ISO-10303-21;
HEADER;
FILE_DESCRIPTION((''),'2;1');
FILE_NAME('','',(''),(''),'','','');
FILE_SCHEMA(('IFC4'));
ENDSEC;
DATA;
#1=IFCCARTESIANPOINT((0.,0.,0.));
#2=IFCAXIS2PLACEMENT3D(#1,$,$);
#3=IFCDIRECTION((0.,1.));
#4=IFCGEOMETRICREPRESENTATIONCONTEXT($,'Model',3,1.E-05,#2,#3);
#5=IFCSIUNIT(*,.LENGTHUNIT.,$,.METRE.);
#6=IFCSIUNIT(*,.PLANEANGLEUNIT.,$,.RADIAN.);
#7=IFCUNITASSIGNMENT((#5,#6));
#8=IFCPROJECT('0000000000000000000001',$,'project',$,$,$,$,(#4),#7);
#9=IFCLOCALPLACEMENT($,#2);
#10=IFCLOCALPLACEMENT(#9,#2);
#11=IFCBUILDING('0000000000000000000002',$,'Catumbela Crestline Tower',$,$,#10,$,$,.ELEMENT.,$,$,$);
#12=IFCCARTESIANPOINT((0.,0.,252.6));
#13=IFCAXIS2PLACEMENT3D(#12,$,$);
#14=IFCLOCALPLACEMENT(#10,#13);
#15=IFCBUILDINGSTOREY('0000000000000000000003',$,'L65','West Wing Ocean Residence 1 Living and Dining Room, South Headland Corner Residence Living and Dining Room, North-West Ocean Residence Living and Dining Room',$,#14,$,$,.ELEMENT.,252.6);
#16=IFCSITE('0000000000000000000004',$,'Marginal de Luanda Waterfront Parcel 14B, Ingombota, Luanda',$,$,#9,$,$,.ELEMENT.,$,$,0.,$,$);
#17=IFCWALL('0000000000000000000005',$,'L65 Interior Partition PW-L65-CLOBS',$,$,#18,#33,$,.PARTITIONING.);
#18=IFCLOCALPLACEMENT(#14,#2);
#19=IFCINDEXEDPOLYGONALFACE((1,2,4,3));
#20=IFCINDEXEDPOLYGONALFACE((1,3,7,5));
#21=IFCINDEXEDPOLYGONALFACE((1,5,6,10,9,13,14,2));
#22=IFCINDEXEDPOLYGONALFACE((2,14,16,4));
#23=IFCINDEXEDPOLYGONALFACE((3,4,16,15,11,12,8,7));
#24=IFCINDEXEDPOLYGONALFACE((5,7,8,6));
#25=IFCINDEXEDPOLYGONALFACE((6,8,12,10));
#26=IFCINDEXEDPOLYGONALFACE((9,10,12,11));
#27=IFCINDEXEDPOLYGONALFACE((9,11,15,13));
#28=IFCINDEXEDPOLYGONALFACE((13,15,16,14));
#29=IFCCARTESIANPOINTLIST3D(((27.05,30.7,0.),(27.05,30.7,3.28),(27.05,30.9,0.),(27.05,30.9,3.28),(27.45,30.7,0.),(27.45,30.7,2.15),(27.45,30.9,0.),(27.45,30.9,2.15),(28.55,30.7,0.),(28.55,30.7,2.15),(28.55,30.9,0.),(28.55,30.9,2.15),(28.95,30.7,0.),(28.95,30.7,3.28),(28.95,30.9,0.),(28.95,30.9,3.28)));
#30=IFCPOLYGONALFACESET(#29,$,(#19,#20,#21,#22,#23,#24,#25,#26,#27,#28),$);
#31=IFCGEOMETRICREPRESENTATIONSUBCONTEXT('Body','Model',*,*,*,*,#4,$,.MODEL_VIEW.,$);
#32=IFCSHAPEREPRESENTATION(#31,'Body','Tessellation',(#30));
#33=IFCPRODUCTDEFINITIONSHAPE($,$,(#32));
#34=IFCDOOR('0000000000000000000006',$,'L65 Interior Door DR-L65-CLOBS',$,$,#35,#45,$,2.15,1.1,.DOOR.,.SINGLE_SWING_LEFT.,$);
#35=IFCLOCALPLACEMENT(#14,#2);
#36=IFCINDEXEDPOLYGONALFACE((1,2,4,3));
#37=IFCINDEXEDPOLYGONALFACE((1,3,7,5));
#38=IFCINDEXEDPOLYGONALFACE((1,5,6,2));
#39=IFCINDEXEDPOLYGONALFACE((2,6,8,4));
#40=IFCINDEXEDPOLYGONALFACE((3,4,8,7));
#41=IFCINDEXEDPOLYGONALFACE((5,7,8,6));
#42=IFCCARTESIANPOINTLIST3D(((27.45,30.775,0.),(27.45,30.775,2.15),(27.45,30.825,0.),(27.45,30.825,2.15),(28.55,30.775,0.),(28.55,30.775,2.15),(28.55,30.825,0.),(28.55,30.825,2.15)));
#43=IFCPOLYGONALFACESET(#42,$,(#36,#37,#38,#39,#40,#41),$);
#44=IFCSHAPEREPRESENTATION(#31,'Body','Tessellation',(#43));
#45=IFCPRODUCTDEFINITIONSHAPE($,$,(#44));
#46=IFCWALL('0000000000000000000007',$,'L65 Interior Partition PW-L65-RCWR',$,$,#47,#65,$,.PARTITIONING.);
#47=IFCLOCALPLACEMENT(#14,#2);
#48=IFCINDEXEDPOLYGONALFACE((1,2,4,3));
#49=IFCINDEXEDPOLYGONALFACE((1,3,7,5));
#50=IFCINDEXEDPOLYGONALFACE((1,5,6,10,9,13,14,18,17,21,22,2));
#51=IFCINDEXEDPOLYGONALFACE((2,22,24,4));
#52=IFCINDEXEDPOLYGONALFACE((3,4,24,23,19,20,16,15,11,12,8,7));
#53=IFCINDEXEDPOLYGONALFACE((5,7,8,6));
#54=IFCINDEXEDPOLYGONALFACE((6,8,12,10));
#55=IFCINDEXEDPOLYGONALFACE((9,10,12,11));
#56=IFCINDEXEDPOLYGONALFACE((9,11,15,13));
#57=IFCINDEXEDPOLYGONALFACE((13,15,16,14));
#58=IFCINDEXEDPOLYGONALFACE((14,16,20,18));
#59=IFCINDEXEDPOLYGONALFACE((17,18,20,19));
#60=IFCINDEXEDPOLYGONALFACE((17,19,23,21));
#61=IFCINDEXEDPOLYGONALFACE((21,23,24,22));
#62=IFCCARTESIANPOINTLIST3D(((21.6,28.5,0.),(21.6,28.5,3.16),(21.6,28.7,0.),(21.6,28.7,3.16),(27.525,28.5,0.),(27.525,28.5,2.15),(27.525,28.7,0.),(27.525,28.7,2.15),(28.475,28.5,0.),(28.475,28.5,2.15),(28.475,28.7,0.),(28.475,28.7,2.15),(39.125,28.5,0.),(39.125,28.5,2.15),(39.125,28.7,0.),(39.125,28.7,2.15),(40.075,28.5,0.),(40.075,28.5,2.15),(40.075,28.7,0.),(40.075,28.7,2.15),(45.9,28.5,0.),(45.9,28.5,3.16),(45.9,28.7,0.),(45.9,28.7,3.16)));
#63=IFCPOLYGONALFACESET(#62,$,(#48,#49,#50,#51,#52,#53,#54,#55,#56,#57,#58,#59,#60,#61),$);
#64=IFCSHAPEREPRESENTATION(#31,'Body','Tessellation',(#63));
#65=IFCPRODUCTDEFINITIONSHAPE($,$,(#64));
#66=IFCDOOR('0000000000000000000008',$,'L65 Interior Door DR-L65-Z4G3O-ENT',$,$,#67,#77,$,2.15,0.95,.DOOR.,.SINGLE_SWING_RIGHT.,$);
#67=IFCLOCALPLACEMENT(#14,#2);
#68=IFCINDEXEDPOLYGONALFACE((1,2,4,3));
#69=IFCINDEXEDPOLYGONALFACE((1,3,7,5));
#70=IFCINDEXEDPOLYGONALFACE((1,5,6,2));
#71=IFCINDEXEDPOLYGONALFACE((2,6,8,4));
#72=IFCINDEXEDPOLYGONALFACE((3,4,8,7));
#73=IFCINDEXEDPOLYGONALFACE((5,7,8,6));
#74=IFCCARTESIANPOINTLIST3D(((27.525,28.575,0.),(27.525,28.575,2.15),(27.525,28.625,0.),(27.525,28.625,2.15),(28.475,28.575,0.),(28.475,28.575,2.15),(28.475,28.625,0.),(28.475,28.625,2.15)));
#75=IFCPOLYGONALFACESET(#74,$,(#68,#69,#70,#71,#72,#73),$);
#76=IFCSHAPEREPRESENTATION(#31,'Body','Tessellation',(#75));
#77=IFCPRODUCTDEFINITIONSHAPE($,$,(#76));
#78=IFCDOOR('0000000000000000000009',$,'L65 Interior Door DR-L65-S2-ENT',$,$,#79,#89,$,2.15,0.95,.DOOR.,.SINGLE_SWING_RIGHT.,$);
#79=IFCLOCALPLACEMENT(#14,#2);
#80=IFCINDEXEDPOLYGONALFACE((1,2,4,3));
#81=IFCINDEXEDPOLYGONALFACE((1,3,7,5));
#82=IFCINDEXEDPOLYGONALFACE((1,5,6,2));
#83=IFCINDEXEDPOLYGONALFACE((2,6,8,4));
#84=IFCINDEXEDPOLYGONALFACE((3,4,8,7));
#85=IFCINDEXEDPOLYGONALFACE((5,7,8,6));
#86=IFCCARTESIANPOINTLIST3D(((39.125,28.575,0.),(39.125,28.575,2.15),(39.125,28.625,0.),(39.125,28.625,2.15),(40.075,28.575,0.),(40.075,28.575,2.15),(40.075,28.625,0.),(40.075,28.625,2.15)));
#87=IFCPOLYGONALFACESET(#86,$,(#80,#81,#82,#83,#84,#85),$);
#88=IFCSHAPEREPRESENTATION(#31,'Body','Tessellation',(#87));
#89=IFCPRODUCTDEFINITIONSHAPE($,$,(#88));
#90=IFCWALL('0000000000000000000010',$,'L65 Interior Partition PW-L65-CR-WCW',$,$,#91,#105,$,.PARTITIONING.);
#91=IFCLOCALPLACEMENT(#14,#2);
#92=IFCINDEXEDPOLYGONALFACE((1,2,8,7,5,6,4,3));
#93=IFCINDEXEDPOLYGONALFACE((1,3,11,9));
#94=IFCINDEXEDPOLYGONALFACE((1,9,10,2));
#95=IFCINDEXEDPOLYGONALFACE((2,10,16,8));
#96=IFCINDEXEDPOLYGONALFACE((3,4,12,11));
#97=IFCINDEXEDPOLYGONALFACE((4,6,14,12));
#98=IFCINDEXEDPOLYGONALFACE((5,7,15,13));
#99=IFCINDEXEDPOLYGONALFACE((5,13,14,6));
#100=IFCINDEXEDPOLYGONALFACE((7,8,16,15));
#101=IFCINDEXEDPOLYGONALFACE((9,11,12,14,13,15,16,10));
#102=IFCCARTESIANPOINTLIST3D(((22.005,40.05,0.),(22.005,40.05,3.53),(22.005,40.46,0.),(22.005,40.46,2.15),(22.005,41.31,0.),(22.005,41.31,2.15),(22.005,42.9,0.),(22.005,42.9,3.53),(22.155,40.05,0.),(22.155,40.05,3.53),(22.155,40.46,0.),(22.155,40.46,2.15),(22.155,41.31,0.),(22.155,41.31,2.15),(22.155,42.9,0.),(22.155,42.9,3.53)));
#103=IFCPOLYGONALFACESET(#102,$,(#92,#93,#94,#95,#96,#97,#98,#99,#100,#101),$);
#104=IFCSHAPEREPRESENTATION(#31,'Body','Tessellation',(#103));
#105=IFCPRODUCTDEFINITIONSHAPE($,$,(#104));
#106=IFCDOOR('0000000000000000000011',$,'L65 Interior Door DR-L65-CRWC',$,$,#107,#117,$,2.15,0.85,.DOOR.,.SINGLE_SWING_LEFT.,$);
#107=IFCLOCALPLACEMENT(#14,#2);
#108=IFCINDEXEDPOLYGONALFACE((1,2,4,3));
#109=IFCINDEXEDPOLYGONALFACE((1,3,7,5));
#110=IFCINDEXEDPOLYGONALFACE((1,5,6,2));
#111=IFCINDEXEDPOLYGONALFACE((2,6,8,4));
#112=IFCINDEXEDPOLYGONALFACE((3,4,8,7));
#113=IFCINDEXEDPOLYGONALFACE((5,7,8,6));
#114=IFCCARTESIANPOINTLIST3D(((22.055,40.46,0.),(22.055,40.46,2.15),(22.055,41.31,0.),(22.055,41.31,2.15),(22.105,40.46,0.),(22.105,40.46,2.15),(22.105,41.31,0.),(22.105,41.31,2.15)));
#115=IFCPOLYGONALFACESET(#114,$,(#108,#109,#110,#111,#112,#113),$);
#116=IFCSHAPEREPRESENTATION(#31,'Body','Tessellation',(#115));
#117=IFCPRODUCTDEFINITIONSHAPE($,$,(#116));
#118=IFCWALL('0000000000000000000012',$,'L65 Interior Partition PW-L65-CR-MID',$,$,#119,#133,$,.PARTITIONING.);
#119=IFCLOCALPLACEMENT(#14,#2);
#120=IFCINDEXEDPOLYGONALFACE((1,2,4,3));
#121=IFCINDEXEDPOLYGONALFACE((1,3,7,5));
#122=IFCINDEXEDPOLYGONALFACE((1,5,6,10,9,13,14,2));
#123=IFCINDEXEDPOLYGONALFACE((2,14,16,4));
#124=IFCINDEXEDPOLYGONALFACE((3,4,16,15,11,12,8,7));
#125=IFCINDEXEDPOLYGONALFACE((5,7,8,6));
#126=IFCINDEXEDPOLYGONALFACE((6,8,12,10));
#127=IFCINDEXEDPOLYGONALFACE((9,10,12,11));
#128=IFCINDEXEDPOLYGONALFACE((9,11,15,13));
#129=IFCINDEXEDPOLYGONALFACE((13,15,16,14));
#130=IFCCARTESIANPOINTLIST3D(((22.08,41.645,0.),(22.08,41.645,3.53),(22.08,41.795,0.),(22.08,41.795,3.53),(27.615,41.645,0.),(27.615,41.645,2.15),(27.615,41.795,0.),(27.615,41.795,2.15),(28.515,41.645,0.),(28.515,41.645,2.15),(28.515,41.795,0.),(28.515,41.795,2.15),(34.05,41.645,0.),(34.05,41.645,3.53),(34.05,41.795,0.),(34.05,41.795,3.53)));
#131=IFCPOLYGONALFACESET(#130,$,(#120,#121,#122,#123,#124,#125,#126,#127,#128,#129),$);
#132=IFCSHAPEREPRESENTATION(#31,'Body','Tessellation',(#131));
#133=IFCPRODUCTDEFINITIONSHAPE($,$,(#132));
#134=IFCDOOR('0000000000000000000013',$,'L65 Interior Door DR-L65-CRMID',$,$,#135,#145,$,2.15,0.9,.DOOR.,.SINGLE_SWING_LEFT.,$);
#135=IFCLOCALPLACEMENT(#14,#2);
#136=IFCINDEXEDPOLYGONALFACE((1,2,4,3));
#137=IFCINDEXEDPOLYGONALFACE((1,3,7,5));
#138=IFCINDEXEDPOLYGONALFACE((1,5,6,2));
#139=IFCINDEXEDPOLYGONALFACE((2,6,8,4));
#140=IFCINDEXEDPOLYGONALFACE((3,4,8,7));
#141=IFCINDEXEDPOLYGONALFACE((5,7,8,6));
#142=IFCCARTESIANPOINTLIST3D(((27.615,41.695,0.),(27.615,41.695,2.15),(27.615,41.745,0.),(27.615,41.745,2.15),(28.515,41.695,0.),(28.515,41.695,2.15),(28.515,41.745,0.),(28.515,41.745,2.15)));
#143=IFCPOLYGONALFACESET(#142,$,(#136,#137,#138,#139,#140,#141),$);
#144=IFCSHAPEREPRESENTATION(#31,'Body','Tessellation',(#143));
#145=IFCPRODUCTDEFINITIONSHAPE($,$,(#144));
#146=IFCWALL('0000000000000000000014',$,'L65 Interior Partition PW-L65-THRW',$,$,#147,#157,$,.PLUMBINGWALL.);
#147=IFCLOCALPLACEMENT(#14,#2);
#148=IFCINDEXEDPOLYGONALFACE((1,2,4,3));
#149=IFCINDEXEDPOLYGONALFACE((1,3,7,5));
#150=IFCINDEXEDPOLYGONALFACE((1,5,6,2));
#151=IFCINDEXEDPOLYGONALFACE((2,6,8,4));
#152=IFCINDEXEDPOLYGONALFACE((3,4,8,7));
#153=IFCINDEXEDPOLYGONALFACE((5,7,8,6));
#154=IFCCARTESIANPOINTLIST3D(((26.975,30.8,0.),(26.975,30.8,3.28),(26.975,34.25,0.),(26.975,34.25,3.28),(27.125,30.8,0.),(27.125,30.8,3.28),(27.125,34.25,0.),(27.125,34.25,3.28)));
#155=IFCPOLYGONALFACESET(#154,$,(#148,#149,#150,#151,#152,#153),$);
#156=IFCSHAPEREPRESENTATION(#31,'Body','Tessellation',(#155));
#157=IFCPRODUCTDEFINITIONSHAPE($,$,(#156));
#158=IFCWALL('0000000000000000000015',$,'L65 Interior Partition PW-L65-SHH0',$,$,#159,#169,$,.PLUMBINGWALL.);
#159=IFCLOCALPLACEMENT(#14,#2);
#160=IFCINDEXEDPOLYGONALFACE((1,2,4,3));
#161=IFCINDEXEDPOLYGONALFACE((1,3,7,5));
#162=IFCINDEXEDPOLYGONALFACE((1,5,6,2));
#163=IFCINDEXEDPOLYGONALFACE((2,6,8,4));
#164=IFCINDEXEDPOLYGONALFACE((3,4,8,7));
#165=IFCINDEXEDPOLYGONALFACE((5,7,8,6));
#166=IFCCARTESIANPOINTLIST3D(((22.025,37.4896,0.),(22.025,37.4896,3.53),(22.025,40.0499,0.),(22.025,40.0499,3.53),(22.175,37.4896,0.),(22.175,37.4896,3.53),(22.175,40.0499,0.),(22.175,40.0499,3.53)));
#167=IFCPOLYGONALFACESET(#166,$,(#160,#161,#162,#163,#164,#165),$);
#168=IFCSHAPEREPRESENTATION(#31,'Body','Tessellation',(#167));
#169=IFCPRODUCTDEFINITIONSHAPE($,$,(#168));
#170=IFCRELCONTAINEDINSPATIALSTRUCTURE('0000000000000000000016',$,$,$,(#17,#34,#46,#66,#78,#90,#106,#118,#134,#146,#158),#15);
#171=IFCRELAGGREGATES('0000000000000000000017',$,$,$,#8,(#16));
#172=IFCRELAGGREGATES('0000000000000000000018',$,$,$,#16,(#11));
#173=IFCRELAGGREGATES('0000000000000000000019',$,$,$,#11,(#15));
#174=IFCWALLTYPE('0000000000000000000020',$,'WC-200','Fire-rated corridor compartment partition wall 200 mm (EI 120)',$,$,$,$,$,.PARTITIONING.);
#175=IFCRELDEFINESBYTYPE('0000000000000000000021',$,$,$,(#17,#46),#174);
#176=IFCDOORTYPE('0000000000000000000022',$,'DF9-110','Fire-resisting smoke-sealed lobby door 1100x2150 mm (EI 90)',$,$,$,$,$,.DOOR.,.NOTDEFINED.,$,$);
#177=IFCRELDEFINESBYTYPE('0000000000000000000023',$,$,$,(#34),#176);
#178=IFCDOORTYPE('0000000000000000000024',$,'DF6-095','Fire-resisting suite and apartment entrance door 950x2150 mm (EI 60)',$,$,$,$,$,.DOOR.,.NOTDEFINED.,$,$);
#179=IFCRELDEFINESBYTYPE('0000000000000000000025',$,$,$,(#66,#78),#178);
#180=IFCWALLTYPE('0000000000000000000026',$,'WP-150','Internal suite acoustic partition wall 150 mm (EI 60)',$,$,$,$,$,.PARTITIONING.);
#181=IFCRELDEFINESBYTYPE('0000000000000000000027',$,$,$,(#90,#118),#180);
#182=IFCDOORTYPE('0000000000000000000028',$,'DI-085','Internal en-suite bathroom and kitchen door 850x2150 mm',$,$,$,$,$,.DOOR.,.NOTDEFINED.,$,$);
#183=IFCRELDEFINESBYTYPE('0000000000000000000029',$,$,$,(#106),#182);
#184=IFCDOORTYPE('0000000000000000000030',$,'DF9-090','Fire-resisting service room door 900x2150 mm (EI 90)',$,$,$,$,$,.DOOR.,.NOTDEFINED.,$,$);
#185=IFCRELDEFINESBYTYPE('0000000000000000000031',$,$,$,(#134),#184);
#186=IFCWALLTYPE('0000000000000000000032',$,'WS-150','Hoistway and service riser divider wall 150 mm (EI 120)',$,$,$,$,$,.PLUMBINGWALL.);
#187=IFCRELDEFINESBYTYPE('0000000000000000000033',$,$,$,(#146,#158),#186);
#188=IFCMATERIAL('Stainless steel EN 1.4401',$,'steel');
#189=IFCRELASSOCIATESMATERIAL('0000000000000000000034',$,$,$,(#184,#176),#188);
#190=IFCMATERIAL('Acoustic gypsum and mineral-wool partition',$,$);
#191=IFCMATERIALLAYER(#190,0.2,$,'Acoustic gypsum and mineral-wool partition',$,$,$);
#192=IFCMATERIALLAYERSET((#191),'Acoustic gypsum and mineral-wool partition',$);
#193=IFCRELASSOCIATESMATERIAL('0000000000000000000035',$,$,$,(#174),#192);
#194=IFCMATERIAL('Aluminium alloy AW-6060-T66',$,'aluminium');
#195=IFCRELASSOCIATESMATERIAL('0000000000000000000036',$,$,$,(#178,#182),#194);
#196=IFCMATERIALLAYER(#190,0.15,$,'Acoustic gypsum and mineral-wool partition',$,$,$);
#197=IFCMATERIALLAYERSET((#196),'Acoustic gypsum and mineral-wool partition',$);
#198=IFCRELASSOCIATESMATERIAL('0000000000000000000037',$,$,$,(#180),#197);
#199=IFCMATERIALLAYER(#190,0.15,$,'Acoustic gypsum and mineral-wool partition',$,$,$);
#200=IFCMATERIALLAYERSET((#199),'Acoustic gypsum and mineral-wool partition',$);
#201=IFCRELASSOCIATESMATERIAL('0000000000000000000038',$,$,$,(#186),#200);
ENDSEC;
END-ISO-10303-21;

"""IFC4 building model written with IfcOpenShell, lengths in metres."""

from ifc_helpers import new_model, si_unit, direction, frame, frame_2d, origin, place, context, subcontext, project, spatial, rectangle, extrude, material, layer, layer_set, type_object, element, fill, save


model = new_model("IFC4")

# Units and contexts
model_context = context("Model", 3, precision=1e-05, world=origin(), true_north=direction((0.0, 1.0)))
body_context = subcontext(model_context, "Body", "Model", "MODEL_VIEW")
ifc_project = project(units=[si_unit("LENGTHUNIT", "METRE"), si_unit("PLANEANGLEUNIT", "RADIAN")], contexts=[model_context])

# Site, building, storey
site_placement = place(None, origin())
site = spatial("IfcSite", under=ifc_project, at=site_placement, Name="Marginal de Luanda Waterfront Parcel 14B, Ingombota, Luanda", CompositionType="ELEMENT", RefElevation=0.0)
building_placement = place(site_placement, origin())
building = spatial("IfcBuilding", under=site, at=building_placement, Name="Catumbela Crestline Tower", CompositionType="ELEMENT")
storey_placement = place(building_placement, frame((0.0, 0.0, 252.6)))
storey = spatial("IfcBuildingStorey", under=building, at=storey_placement, Name="L65", Description="West Wing Ocean Residence 1 Living and Dining Room, South Headland Corner Residence Living and Dining Room, North-West Ocean Residence Living and Dining Room", CompositionType="ELEMENT", Elevation=252.6)

# Shared definitions
ifc_material_1 = material(Name="Stainless steel EN 1.4401", Category="steel")

# Shared definitions
door_type_1 = type_object("IfcDoorType", Name="DF9-090", Description="Fire-resisting service room door 900x2150 mm (EI 90)", OperationType="NOTDEFINED", PredefinedType="DOOR", material=ifc_material_1)

# Wall, opening, door
ifc_material_2 = material(Name="Acoustic gypsum and mineral-wool partition")
ifc_layer_1 = layer(ifc_material_2, 0.2, Name="Acoustic gypsum and mineral-wool partition")
ifc_layer_set_1 = layer_set([ifc_layer_1], Name="Acoustic gypsum and mineral-wool partition")
wall_type_1 = type_object("IfcWallType", Name="WC-200", Description="Fire-rated corridor compartment partition wall 200 mm (EI 120)", PredefinedType="PARTITIONING", material=ifc_layer_set_1)
wall_1_placement = place(storey_placement, frame((27.05, 30.8, 0.0), z_axis=(0.0, 0.0, 1.0), x_axis=(1.0, 0.0, 0.0)))
wall_1 = element("IfcWall", 1, at=wall_1_placement, inside=storey, type_object=wall_type_1, Name="L65 Interior Partition PW-L65-CLOBS", PredefinedType="PARTITIONING", context=body_context, shape_type="SweptSolid", body=[
    extrude(rectangle(XDim=1.9, YDim=0.2, at=frame_2d((0.95, 0.0))), origin(), (0.0, 0.0, 1.0), 3.28),
])
opening_1_placement = place(wall_1_placement, frame((0.4, 0.0, 0.0)))
opening_1 = element("IfcOpeningElement", 2, at=opening_1_placement, cuts=wall_1, PredefinedType="OPENING", context=body_context, shape_type="SweptSolid", body=[
    extrude(rectangle(XDim=1.1, YDim=2.15, at=frame_2d((0.55, 1.075))), frame((0.0, 0.11, 0.0), z_axis=(0.0, -1.0, 0.0), x_axis=(1.0, 0.0, 0.0)), (0.0, 0.0, 1.0), 0.22),
])
door_type_2 = type_object("IfcDoorType", Name="DF9-110", Description="Fire-resisting smoke-sealed lobby door 1100x2150 mm (EI 90)", OperationType="NOTDEFINED", PredefinedType="DOOR", material=ifc_material_1)
door_1_placement = place(opening_1_placement, origin())
door_1 = element("IfcDoor", 3, at=door_1_placement, inside=storey, type_object=door_type_2, Name="L65 Interior Door DR-L65-CLOBS", OperationType="SINGLE_SWING_LEFT", OverallHeight=2.15, OverallWidth=1.1, PredefinedType="DOOR", context=body_context, shape_type="SweptSolid", body=[
    extrude(rectangle(XDim=1.1, YDim=2.15, at=frame_2d((0.55, 1.075))), frame((0.0, 0.025, 0.0), z_axis=(0.0, -1.0, 0.0), x_axis=(1.0, 0.0, 0.0)), (0.0, 0.0, 1.0), 0.05),
])
fill(opening_1, door_1)

# Wall, openings, doors
wall_2_placement = place(storey_placement, frame((21.6, 28.6, 0.0), z_axis=(0.0, 0.0, 1.0), x_axis=(1.0, 0.0, 0.0)))
wall_2 = element("IfcWall", 4, at=wall_2_placement, inside=storey, type_object=wall_type_1, Name="L65 Interior Partition PW-L65-RCWR", PredefinedType="PARTITIONING", context=body_context, shape_type="SweptSolid", body=[
    extrude(rectangle(XDim=24.3, YDim=0.2, at=frame_2d((12.15, 0.0))), origin(), (0.0, 0.0, 1.0), 3.16),
])
opening_2_placement = place(wall_2_placement, frame((5.925, 0.0, 0.0)))
opening_2 = element("IfcOpeningElement", 5, at=opening_2_placement, cuts=wall_2, PredefinedType="OPENING", context=body_context, shape_type="SweptSolid", body=[
    extrude(rectangle(XDim=0.95, YDim=2.15, at=frame_2d((0.475, 1.075))), frame((0.0, 0.11, 0.0), z_axis=(0.0, -1.0, 0.0), x_axis=(1.0, 0.0, 0.0)), (0.0, 0.0, 1.0), 0.22),
])
opening_3_placement = place(wall_2_placement, frame((17.525, 0.0, 0.0)))
opening_3 = element("IfcOpeningElement", 6, at=opening_3_placement, cuts=wall_2, PredefinedType="OPENING", context=body_context, shape_type="SweptSolid", body=[
    extrude(rectangle(XDim=0.95, YDim=2.15, at=frame_2d((0.475, 1.075))), frame((0.0, 0.11, 0.0), z_axis=(0.0, -1.0, 0.0), x_axis=(1.0, 0.0, 0.0)), (0.0, 0.0, 1.0), 0.22),
])
ifc_material_3 = material(Name="Aluminium alloy AW-6060-T66", Category="aluminium")
door_type_3 = type_object("IfcDoorType", Name="DF6-095", Description="Fire-resisting suite and apartment entrance door 950x2150 mm (EI 60)", OperationType="NOTDEFINED", PredefinedType="DOOR", material=ifc_material_3)
door_2_placement = place(opening_2_placement, origin())
door_2 = element("IfcDoor", 7, at=door_2_placement, inside=storey, type_object=door_type_3, Name="L65 Interior Door DR-L65-Z4G3O-ENT", OperationType="SINGLE_SWING_RIGHT", OverallHeight=2.15, OverallWidth=0.95, PredefinedType="DOOR", context=body_context, shape_type="SweptSolid", body=[
    extrude(rectangle(XDim=0.95, YDim=2.15, at=frame_2d((0.475, 1.075))), frame((0.0, 0.025, 0.0), z_axis=(0.0, -1.0, 0.0), x_axis=(1.0, 0.0, 0.0)), (0.0, 0.0, 1.0), 0.05),
])
fill(opening_2, door_2)
door_3_placement = place(opening_3_placement, origin())
door_3 = element("IfcDoor", 8, at=door_3_placement, inside=storey, type_object=door_type_3, Name="L65 Interior Door DR-L65-S2-ENT", OperationType="SINGLE_SWING_RIGHT", OverallHeight=2.15, OverallWidth=0.95, PredefinedType="DOOR", context=body_context, shape_type="SweptSolid", body=[
    extrude(rectangle(XDim=0.95, YDim=2.15, at=frame_2d((0.475, 1.075))), frame((0.0, 0.025, 0.0), z_axis=(0.0, -1.0, 0.0), x_axis=(1.0, 0.0, 0.0)), (0.0, 0.0, 1.0), 0.05),
])
fill(opening_3, door_3)

# Walls, openings, doors
ifc_layer_2 = layer(ifc_material_2, 0.15, Name="Acoustic gypsum and mineral-wool partition")
ifc_layer_set_2 = layer_set([ifc_layer_2], Name="Acoustic gypsum and mineral-wool partition")
wall_type_2 = type_object("IfcWallType", Name="WP-150", Description="Internal suite acoustic partition wall 150 mm (EI 60)", PredefinedType="PARTITIONING", material=ifc_layer_set_2)
wall_3_placement = place(storey_placement, frame((22.08, 40.05, 0.0), z_axis=(0.0, 0.0, 1.0), x_axis=(0.0, 1.0, 0.0)))
wall_3 = element("IfcWall", 9, at=wall_3_placement, inside=storey, type_object=wall_type_2, Name="L65 Interior Partition PW-L65-CR-WCW", PredefinedType="PARTITIONING", context=body_context, shape_type="SweptSolid", body=[
    extrude(rectangle(XDim=2.85, YDim=0.15, at=frame_2d((1.425, 0.0))), origin(), (0.0, 0.0, 1.0), 3.53),
])
opening_4_placement = place(wall_3_placement, frame((0.41, 0.0, 0.0)))
opening_4 = element("IfcOpeningElement", 10, at=opening_4_placement, cuts=wall_3, PredefinedType="OPENING", context=body_context, shape_type="SweptSolid", body=[
    extrude(rectangle(XDim=0.85, YDim=2.15, at=frame_2d((0.425, 1.075))), frame((0.0, 0.085, 0.0), z_axis=(0.0, -1.0, 0.0), x_axis=(1.0, 0.0, 0.0)), (0.0, 0.0, 1.0), 0.17),
])
door_type_4 = type_object("IfcDoorType", Name="DI-085", Description="Internal en-suite bathroom and kitchen door 850x2150 mm", OperationType="NOTDEFINED", PredefinedType="DOOR", material=ifc_material_3)
door_4_placement = place(opening_4_placement, origin())
door_4 = element("IfcDoor", 11, at=door_4_placement, inside=storey, type_object=door_type_4, Name="L65 Interior Door DR-L65-CRWC", OperationType="SINGLE_SWING_LEFT", OverallHeight=2.15, OverallWidth=0.85, PredefinedType="DOOR", context=body_context, shape_type="SweptSolid", body=[
    extrude(rectangle(XDim=0.85, YDim=2.15, at=frame_2d((0.425, 1.075))), frame((0.0, 0.025, 0.0), z_axis=(0.0, -1.0, 0.0), x_axis=(1.0, 0.0, 0.0)), (0.0, 0.0, 1.0), 0.05),
])
fill(opening_4, door_4)
wall_4_placement = place(storey_placement, frame((22.08, 41.72, 0.0), z_axis=(0.0, 0.0, 1.0), x_axis=(1.0, 0.0, 0.0)))
wall_4 = element("IfcWall", 12, at=wall_4_placement, inside=storey, type_object=wall_type_2, Name="L65 Interior Partition PW-L65-CR-MID", PredefinedType="PARTITIONING", context=body_context, shape_type="SweptSolid", body=[
    extrude(rectangle(XDim=11.97, YDim=0.15, at=frame_2d((5.985, 0.0))), origin(), (0.0, 0.0, 1.0), 3.53),
])
opening_5_placement = place(wall_4_placement, frame((5.535, 0.0, 0.0)))
opening_5 = element("IfcOpeningElement", 13, at=opening_5_placement, cuts=wall_4, PredefinedType="OPENING", context=body_context, shape_type="SweptSolid", body=[
    extrude(rectangle(XDim=0.9, YDim=2.15, at=frame_2d((0.45, 1.075))), frame((0.0, 0.085, 0.0), z_axis=(0.0, -1.0, 0.0), x_axis=(1.0, 0.0, 0.0)), (0.0, 0.0, 1.0), 0.17),
])
door_5_placement = place(opening_5_placement, origin())
door_5 = element("IfcDoor", 14, at=door_5_placement, inside=storey, type_object=door_type_1, Name="L65 Interior Door DR-L65-CRMID", OperationType="SINGLE_SWING_LEFT", OverallHeight=2.15, OverallWidth=0.9, PredefinedType="DOOR", context=body_context, shape_type="SweptSolid", body=[
    extrude(rectangle(XDim=0.9, YDim=2.15, at=frame_2d((0.45, 1.075))), frame((0.0, 0.025, 0.0), z_axis=(0.0, -1.0, 0.0), x_axis=(1.0, 0.0, 0.0)), (0.0, 0.0, 1.0), 0.05),
])
fill(opening_5, door_5)

# Walls
ifc_layer_3 = layer(ifc_material_2, 0.15, Name="Acoustic gypsum and mineral-wool partition")
ifc_layer_set_3 = layer_set([ifc_layer_3], Name="Acoustic gypsum and mineral-wool partition")
wall_type_3 = type_object("IfcWallType", Name="WS-150", Description="Hoistway and service riser divider wall 150 mm (EI 120)", PredefinedType="PLUMBINGWALL", material=ifc_layer_set_3)
wall_5_placement = place(storey_placement, frame((27.05, 30.8, 0.0), z_axis=(0.0, 0.0, 1.0), x_axis=(0.0, 1.0, 0.0)))
element("IfcWall", 15, at=wall_5_placement, inside=storey, type_object=wall_type_3, Name="L65 Interior Partition PW-L65-THRW", PredefinedType="PLUMBINGWALL", context=body_context, shape_type="SweptSolid", body=[
    extrude(rectangle(XDim=3.45, YDim=0.15, at=frame_2d((1.725, 0.0))), origin(), (0.0, 0.0, 1.0), 3.28),
])
wall_6_placement = place(storey_placement, frame((22.1, 37.4897, 0.0), z_axis=(0.0, 0.0, 1.0), x_axis=(0.0, 1.0, 0.0)))
element("IfcWall", 16, at=wall_6_placement, inside=storey, type_object=wall_type_3, Name="L65 Interior Partition PW-L65-SHH0", PredefinedType="PLUMBINGWALL", context=body_context, shape_type="SweptSolid", body=[
    extrude(rectangle(XDim=2.5603, YDim=0.15, at=frame_2d((1.2801, 0.0))), origin(), (0.0, 0.0, 1.0), 3.53),
])

save(model, "model.ifc")
